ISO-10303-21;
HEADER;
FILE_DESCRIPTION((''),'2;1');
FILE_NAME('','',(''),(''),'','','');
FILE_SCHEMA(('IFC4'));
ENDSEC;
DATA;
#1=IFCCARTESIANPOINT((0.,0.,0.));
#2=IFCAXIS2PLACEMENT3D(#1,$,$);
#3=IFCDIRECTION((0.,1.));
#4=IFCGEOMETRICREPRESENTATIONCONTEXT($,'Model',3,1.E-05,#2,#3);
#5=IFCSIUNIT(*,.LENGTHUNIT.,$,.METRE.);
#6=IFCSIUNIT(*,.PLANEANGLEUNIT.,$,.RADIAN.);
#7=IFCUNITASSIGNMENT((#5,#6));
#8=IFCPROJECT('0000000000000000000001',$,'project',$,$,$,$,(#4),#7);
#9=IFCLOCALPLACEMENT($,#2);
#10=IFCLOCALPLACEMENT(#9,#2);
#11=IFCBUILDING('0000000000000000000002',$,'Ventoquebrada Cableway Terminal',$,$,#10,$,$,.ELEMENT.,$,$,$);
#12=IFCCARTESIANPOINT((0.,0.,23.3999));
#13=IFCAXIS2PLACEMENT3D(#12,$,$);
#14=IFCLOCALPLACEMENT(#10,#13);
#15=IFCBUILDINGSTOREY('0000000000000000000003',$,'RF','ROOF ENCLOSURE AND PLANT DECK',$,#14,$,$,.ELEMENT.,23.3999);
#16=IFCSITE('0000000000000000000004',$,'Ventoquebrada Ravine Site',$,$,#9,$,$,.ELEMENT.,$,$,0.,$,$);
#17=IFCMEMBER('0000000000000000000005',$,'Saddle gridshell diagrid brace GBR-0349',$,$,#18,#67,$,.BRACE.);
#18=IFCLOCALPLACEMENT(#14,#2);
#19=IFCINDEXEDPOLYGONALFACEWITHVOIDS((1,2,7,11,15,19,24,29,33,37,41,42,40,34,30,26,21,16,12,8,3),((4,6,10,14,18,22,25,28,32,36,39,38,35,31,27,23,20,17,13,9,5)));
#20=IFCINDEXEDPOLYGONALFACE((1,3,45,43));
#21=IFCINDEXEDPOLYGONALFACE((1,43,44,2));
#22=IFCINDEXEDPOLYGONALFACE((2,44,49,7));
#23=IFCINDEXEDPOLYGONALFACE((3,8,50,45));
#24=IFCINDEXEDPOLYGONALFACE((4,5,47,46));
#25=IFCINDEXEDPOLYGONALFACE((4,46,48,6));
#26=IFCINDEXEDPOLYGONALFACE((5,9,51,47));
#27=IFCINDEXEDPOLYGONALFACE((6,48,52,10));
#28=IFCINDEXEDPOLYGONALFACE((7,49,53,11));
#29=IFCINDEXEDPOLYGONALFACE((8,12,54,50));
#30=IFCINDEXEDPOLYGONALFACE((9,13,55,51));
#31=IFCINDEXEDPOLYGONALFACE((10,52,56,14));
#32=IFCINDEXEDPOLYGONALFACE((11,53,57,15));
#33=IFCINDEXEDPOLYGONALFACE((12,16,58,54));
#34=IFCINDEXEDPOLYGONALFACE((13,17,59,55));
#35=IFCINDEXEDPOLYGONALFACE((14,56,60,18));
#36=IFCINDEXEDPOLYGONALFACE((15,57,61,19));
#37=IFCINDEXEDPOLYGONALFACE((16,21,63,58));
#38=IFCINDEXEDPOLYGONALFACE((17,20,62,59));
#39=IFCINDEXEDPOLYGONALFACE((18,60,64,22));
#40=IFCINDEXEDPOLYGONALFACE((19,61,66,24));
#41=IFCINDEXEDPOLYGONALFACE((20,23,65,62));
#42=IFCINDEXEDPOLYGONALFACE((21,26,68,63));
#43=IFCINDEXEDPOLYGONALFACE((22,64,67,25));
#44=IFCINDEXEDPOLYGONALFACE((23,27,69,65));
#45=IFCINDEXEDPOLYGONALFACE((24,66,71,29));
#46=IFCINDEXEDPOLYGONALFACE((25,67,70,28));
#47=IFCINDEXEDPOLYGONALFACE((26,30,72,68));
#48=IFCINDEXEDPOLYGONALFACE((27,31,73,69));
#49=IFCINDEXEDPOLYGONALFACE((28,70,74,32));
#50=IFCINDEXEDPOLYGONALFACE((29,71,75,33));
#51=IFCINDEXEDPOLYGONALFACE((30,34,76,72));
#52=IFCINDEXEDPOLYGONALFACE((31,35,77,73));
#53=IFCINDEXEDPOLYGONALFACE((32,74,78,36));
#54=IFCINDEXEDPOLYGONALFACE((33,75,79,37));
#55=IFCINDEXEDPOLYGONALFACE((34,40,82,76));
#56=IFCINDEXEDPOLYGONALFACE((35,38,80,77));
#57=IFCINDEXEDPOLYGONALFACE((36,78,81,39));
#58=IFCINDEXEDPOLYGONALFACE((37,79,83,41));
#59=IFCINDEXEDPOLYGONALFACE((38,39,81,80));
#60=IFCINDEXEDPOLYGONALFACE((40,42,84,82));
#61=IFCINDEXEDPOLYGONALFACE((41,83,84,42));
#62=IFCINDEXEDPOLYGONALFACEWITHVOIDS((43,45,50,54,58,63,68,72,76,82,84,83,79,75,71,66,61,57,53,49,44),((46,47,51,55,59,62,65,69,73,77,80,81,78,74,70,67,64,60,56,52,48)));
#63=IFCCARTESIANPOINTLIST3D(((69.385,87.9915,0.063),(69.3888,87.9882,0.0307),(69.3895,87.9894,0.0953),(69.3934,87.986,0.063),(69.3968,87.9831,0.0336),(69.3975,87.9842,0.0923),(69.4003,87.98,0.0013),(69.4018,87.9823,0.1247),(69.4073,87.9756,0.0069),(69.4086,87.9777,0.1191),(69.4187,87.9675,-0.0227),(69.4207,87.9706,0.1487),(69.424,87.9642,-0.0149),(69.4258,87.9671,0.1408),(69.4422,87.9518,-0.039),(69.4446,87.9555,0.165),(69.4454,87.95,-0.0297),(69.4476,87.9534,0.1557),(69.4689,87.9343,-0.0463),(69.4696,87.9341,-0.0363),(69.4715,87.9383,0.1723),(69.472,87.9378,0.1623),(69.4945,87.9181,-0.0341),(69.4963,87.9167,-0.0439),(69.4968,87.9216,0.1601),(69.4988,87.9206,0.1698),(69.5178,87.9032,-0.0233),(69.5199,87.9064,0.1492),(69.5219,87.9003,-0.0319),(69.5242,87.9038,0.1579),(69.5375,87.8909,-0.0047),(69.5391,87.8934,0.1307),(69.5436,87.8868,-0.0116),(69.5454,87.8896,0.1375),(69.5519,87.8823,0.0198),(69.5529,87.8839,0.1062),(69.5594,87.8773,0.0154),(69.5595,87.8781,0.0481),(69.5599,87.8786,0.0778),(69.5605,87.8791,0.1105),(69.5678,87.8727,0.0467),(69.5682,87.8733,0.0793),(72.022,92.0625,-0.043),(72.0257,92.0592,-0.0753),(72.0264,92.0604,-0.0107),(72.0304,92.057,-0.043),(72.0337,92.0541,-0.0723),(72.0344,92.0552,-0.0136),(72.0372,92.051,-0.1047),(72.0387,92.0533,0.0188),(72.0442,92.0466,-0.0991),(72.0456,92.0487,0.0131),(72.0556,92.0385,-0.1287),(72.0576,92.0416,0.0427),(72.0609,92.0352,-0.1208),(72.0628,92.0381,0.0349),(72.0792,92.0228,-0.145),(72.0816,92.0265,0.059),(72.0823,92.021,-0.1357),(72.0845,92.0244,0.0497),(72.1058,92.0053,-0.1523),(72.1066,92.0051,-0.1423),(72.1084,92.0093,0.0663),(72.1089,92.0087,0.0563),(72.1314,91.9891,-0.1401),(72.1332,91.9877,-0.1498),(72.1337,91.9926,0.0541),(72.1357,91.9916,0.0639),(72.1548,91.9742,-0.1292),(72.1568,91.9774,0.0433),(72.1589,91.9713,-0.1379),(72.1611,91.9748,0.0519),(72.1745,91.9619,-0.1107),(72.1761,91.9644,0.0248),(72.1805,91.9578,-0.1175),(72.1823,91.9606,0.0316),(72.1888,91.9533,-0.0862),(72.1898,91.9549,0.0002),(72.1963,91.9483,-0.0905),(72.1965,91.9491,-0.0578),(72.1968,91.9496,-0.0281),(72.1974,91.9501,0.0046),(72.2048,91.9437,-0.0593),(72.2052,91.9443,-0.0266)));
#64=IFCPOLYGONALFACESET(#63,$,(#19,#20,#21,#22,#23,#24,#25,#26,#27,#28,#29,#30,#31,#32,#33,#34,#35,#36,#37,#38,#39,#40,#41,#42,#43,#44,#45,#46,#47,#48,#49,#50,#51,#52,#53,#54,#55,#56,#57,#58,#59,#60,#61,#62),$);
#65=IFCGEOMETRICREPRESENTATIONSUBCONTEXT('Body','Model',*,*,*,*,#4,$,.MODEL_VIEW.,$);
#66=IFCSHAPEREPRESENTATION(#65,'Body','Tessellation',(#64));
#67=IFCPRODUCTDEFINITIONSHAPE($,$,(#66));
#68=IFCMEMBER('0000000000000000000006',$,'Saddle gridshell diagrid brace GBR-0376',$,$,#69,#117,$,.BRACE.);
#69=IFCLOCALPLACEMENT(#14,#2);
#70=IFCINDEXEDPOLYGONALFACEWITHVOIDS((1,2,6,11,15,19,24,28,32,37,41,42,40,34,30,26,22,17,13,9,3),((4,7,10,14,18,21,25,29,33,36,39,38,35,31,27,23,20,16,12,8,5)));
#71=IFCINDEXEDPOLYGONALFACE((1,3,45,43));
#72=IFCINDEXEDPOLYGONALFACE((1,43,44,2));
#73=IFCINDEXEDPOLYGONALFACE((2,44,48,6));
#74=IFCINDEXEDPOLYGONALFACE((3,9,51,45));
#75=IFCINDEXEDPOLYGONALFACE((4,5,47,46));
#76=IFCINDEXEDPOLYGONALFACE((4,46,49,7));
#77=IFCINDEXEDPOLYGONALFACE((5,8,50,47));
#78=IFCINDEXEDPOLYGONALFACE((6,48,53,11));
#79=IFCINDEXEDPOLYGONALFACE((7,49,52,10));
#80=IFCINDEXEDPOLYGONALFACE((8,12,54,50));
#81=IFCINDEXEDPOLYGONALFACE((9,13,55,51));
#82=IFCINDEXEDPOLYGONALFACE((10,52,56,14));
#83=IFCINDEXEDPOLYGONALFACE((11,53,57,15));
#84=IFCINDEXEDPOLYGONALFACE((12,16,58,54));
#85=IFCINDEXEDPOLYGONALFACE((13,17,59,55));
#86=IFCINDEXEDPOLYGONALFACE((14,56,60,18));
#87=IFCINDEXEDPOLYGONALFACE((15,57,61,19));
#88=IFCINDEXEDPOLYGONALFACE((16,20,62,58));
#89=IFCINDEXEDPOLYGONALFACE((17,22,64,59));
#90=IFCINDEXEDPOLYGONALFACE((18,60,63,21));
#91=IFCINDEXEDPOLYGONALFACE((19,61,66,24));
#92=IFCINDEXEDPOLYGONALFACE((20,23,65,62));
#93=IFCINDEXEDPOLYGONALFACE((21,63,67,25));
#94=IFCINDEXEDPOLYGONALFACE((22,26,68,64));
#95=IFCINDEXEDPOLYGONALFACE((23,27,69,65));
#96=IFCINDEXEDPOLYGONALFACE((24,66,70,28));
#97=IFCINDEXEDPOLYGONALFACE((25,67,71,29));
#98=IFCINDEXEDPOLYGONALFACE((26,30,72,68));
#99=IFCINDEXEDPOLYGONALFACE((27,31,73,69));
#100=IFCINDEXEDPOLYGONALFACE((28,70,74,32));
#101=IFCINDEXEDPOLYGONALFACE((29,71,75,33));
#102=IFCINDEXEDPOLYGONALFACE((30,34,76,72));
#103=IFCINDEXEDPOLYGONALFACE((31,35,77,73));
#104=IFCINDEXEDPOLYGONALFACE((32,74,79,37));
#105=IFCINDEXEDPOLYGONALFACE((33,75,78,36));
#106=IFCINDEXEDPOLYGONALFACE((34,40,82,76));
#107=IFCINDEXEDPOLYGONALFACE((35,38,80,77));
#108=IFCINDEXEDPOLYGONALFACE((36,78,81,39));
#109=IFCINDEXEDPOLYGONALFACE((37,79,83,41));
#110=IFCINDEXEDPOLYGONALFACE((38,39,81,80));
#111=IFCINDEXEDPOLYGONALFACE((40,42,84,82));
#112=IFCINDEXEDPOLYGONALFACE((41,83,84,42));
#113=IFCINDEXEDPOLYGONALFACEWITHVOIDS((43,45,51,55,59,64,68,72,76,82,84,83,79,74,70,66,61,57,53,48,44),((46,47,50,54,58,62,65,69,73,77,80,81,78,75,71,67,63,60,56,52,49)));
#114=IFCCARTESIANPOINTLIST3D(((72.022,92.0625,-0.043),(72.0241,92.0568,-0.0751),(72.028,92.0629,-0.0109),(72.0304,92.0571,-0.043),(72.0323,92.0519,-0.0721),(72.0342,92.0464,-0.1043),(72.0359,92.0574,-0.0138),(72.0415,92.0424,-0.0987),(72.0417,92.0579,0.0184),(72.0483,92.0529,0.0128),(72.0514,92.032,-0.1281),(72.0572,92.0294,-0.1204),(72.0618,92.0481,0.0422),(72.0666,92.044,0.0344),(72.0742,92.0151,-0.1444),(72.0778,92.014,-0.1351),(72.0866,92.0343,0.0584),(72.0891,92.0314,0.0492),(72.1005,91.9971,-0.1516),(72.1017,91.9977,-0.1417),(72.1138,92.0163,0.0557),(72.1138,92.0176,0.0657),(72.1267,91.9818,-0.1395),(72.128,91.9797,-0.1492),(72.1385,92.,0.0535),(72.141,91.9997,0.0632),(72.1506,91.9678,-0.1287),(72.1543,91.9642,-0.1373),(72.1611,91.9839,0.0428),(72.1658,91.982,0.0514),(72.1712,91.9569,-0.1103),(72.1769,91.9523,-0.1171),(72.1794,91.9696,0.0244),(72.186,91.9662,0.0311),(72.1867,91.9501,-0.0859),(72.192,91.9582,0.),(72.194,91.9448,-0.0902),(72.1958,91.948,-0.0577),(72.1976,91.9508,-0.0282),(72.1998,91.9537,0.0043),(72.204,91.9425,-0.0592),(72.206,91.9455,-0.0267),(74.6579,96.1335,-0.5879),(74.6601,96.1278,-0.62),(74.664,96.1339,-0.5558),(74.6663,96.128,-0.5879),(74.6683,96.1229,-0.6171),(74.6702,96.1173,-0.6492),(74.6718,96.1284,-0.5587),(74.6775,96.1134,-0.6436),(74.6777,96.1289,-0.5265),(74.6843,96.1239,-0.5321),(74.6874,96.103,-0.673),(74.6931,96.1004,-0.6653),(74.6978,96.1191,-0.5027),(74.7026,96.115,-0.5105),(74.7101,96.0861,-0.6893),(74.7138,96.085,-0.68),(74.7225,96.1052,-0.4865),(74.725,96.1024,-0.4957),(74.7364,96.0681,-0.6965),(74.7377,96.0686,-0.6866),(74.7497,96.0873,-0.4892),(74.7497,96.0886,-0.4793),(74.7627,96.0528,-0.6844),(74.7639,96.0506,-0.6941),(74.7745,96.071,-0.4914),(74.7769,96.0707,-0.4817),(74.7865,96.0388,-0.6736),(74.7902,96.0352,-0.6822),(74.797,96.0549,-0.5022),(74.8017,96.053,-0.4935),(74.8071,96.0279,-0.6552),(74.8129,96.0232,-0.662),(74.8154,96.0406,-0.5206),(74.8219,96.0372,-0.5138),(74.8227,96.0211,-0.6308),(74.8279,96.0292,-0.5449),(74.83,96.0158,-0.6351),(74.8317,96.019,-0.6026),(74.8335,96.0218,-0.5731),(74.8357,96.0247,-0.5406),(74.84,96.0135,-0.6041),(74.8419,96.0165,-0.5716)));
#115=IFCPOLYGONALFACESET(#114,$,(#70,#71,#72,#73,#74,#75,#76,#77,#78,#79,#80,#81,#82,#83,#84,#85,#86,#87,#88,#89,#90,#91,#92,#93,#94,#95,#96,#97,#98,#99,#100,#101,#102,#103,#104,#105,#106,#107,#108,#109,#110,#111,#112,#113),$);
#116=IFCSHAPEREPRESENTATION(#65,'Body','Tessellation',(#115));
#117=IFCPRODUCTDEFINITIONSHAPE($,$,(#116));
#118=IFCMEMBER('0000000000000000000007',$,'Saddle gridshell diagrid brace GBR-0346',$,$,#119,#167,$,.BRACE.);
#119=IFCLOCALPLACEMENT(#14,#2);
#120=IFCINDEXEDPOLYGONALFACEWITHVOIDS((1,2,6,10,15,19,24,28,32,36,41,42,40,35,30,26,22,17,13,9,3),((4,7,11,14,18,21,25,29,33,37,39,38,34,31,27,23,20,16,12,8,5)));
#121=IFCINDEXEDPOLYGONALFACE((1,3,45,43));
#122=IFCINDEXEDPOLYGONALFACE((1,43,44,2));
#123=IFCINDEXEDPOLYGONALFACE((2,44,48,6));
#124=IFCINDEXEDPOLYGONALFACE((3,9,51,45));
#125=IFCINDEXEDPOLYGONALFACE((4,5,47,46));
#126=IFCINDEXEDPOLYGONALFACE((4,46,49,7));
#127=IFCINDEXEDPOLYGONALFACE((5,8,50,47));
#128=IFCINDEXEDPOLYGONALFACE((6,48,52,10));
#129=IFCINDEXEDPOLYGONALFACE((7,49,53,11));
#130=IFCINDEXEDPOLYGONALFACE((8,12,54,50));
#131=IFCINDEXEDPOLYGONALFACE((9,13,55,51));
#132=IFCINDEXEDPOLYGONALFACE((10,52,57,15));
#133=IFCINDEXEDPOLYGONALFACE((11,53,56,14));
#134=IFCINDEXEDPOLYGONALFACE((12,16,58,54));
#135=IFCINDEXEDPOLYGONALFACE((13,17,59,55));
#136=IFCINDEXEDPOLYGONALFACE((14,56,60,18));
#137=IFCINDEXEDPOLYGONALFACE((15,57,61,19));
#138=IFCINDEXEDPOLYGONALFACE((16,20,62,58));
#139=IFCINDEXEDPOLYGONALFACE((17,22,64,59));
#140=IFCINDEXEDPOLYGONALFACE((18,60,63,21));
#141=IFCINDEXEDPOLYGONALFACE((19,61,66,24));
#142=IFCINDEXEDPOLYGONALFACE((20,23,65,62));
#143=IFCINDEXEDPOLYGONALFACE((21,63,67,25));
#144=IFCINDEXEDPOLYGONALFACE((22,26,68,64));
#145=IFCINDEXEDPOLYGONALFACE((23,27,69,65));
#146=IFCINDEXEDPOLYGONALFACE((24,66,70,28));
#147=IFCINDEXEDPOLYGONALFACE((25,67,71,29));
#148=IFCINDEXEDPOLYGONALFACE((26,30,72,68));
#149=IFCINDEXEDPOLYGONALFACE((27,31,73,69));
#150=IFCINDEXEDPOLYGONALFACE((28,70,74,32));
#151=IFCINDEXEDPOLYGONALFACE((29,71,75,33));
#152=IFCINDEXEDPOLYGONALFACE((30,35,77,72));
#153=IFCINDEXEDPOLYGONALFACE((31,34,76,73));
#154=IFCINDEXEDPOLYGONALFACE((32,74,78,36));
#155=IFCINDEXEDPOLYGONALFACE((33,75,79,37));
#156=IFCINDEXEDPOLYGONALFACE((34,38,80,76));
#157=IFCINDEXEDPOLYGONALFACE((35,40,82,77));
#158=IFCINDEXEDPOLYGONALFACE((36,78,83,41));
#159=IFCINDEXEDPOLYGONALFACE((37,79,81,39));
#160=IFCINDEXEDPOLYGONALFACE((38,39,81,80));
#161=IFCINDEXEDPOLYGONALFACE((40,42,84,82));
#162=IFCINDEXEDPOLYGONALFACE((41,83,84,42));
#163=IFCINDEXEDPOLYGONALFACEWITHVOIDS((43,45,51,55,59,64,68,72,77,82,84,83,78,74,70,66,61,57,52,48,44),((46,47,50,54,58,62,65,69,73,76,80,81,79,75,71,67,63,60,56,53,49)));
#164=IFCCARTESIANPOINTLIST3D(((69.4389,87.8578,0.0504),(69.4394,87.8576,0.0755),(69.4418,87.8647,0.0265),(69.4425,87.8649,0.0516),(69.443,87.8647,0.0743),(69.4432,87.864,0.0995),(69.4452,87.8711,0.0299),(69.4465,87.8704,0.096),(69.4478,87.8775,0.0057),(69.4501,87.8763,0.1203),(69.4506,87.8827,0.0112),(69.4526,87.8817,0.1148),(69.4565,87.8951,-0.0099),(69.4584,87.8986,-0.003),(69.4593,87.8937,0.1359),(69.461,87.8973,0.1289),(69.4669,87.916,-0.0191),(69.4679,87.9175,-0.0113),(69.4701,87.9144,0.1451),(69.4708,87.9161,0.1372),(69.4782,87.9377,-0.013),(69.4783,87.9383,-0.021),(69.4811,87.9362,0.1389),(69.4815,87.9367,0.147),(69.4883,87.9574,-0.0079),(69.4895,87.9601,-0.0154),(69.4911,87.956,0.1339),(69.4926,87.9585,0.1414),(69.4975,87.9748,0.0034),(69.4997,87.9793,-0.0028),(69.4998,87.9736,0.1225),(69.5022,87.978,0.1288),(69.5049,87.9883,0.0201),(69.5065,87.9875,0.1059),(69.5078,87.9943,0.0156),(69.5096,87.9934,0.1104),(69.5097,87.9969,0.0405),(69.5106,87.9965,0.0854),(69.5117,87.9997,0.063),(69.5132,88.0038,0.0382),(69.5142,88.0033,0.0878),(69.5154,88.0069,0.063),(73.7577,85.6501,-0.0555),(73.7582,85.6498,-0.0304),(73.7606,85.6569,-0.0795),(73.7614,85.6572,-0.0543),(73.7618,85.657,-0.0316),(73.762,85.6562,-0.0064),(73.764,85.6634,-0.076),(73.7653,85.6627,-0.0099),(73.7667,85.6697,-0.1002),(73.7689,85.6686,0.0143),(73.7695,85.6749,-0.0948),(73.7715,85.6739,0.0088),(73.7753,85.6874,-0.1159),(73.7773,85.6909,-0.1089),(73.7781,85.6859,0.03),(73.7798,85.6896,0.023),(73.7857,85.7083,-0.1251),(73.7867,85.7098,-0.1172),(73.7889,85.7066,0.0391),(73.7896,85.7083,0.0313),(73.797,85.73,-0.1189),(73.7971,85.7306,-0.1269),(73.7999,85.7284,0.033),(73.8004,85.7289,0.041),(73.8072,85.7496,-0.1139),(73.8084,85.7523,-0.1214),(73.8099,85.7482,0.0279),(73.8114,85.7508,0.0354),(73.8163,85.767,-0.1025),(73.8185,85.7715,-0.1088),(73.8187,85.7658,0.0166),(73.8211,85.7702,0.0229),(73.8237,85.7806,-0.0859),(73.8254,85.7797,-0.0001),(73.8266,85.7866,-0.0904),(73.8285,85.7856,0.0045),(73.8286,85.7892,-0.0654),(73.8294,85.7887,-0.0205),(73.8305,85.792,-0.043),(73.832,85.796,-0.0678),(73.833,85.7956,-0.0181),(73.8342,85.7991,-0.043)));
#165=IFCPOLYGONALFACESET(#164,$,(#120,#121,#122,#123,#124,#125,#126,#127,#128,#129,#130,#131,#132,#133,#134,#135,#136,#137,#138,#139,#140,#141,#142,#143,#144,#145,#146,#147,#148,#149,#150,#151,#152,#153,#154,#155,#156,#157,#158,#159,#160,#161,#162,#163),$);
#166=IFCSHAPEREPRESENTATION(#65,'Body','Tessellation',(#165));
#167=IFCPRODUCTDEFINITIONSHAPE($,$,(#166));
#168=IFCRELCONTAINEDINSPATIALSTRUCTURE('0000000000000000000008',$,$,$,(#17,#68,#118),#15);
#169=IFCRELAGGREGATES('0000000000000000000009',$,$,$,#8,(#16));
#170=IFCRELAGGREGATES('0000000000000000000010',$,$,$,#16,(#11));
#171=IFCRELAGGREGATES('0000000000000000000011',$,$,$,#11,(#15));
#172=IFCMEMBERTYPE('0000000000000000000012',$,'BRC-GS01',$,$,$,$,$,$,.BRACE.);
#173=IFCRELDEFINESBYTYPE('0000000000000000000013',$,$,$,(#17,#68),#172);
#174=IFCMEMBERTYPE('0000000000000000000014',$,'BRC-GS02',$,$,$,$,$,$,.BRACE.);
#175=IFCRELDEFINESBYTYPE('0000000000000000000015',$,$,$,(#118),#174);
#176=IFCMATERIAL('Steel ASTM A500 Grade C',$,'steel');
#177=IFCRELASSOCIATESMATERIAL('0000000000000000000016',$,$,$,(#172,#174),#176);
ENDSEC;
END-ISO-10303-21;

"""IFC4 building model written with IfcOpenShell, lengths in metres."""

from ifc_helpers import new_model, si_unit, direction, frame, origin, origin_2d, place, context, subcontext, project, spatial, hollow_circle, extrude, material, material_profile, profile_set, type_object, element, save


model = new_model("IFC4")

# Units and contexts
model_context = context("Model", 3, precision=1e-05, world=origin(), true_north=direction((0.0, 1.0)))
body_context = subcontext(model_context, "Body", "Model", "MODEL_VIEW")
ifc_project = project(units=[si_unit("LENGTHUNIT", "METRE"), si_unit("PLANEANGLEUNIT", "RADIAN")], contexts=[model_context])

# Site, building, storey
site_placement = place(None, origin())
site = spatial("IfcSite", under=ifc_project, at=site_placement, Name="Ventoquebrada Ravine Site", CompositionType="ELEMENT", RefElevation=0.0)
building_placement = place(site_placement, origin())
building = spatial("IfcBuilding", under=site, at=building_placement, Name="Ventoquebrada Cableway Terminal", CompositionType="ELEMENT")
storey_placement = place(building_placement, frame((0.0, 0.0, 23.3999)))
storey = spatial("IfcBuildingStorey", under=building, at=storey_placement, Name="RF", Description="ROOF ENCLOSURE AND PLANT DECK", CompositionType="ELEMENT", Elevation=23.3999)

# Members
ifc_material_1 = material(Name="Steel ASTM A500 Grade C", Category="steel")
ifc_material_profile_1 = material_profile(ifc_material_1, hollow_circle(Radius=0.1096, WallThickness=0.01, at=origin_2d()), Name="CHS219.1X10")
ifc_profile_set_1 = profile_set([ifc_material_profile_1], Name="Steel ASTM A500 Grade C")
member_type_1 = type_object("IfcMemberType", Name="BRC-GS01", PredefinedType="BRACE", material=ifc_profile_set_1)
member_1_placement = place(storey_placement, frame((69.4771, 87.9319, 0.063), z_axis=(0.543522, 0.839111, -0.02184), x_axis=(-0.839311, 0.543652, 0.0)))
element("IfcMember", 1, at=member_1_placement, inside=storey, type_object=member_type_1, Name="Saddle gridshell diagrid brace GBR-0349", PredefinedType="BRACE", context=body_context, shape_type="SweptSolid", body=[
    extrude(hollow_circle(Radius=0.1096, WallThickness=0.01, at=origin_2d()), origin(), (0.0, 0.0, 1.0), 4.8516),
])
member_2_placement = place(storey_placement, frame((72.114, 92.0029, -0.043), z_axis=(0.540112, 0.834154, -0.111654), x_axis=(-0.839403, 0.54351, 0.0)))
element("IfcMember", 2, at=member_2_placement, inside=storey, type_object=member_type_1, Name="Saddle gridshell diagrid brace GBR-0376", PredefinedType="BRACE", context=body_context, shape_type="SweptSolid", body=[
    extrude(hollow_circle(Radius=0.1096, WallThickness=0.01, at=origin_2d()), origin(), (0.0, 0.0, 1.0), 4.8804),
])
ifc_material_profile_2 = material_profile(ifc_material_1, hollow_circle(Radius=0.0842, WallThickness=0.0081, at=origin_2d()), Name="CHS168.3X8")
ifc_profile_set_2 = profile_set([ifc_material_profile_2], Name="Steel ASTM A500 Grade C")
member_type_2 = type_object("IfcMemberType", Name="BRC-GS02", PredefinedType="BRACE", material=ifc_profile_set_2)
member_3_placement = place(storey_placement, frame((69.4771, 87.9319, 0.063), z_axis=(0.890193, -0.45506, -0.02184), x_axis=(0.455169, 0.890405, 0.0)))
element("IfcMember", 3, at=member_3_placement, inside=storey, type_object=member_type_2, Name="Saddle gridshell diagrid brace GBR-0346", PredefinedType="BRACE", context=body_context, shape_type="SweptSolid", body=[
    extrude(hollow_circle(Radius=0.0842, WallThickness=0.0081, at=origin_2d()), origin(), (0.0, 0.0, 1.0), 4.8516),
])

save(model, "model.ifc")
